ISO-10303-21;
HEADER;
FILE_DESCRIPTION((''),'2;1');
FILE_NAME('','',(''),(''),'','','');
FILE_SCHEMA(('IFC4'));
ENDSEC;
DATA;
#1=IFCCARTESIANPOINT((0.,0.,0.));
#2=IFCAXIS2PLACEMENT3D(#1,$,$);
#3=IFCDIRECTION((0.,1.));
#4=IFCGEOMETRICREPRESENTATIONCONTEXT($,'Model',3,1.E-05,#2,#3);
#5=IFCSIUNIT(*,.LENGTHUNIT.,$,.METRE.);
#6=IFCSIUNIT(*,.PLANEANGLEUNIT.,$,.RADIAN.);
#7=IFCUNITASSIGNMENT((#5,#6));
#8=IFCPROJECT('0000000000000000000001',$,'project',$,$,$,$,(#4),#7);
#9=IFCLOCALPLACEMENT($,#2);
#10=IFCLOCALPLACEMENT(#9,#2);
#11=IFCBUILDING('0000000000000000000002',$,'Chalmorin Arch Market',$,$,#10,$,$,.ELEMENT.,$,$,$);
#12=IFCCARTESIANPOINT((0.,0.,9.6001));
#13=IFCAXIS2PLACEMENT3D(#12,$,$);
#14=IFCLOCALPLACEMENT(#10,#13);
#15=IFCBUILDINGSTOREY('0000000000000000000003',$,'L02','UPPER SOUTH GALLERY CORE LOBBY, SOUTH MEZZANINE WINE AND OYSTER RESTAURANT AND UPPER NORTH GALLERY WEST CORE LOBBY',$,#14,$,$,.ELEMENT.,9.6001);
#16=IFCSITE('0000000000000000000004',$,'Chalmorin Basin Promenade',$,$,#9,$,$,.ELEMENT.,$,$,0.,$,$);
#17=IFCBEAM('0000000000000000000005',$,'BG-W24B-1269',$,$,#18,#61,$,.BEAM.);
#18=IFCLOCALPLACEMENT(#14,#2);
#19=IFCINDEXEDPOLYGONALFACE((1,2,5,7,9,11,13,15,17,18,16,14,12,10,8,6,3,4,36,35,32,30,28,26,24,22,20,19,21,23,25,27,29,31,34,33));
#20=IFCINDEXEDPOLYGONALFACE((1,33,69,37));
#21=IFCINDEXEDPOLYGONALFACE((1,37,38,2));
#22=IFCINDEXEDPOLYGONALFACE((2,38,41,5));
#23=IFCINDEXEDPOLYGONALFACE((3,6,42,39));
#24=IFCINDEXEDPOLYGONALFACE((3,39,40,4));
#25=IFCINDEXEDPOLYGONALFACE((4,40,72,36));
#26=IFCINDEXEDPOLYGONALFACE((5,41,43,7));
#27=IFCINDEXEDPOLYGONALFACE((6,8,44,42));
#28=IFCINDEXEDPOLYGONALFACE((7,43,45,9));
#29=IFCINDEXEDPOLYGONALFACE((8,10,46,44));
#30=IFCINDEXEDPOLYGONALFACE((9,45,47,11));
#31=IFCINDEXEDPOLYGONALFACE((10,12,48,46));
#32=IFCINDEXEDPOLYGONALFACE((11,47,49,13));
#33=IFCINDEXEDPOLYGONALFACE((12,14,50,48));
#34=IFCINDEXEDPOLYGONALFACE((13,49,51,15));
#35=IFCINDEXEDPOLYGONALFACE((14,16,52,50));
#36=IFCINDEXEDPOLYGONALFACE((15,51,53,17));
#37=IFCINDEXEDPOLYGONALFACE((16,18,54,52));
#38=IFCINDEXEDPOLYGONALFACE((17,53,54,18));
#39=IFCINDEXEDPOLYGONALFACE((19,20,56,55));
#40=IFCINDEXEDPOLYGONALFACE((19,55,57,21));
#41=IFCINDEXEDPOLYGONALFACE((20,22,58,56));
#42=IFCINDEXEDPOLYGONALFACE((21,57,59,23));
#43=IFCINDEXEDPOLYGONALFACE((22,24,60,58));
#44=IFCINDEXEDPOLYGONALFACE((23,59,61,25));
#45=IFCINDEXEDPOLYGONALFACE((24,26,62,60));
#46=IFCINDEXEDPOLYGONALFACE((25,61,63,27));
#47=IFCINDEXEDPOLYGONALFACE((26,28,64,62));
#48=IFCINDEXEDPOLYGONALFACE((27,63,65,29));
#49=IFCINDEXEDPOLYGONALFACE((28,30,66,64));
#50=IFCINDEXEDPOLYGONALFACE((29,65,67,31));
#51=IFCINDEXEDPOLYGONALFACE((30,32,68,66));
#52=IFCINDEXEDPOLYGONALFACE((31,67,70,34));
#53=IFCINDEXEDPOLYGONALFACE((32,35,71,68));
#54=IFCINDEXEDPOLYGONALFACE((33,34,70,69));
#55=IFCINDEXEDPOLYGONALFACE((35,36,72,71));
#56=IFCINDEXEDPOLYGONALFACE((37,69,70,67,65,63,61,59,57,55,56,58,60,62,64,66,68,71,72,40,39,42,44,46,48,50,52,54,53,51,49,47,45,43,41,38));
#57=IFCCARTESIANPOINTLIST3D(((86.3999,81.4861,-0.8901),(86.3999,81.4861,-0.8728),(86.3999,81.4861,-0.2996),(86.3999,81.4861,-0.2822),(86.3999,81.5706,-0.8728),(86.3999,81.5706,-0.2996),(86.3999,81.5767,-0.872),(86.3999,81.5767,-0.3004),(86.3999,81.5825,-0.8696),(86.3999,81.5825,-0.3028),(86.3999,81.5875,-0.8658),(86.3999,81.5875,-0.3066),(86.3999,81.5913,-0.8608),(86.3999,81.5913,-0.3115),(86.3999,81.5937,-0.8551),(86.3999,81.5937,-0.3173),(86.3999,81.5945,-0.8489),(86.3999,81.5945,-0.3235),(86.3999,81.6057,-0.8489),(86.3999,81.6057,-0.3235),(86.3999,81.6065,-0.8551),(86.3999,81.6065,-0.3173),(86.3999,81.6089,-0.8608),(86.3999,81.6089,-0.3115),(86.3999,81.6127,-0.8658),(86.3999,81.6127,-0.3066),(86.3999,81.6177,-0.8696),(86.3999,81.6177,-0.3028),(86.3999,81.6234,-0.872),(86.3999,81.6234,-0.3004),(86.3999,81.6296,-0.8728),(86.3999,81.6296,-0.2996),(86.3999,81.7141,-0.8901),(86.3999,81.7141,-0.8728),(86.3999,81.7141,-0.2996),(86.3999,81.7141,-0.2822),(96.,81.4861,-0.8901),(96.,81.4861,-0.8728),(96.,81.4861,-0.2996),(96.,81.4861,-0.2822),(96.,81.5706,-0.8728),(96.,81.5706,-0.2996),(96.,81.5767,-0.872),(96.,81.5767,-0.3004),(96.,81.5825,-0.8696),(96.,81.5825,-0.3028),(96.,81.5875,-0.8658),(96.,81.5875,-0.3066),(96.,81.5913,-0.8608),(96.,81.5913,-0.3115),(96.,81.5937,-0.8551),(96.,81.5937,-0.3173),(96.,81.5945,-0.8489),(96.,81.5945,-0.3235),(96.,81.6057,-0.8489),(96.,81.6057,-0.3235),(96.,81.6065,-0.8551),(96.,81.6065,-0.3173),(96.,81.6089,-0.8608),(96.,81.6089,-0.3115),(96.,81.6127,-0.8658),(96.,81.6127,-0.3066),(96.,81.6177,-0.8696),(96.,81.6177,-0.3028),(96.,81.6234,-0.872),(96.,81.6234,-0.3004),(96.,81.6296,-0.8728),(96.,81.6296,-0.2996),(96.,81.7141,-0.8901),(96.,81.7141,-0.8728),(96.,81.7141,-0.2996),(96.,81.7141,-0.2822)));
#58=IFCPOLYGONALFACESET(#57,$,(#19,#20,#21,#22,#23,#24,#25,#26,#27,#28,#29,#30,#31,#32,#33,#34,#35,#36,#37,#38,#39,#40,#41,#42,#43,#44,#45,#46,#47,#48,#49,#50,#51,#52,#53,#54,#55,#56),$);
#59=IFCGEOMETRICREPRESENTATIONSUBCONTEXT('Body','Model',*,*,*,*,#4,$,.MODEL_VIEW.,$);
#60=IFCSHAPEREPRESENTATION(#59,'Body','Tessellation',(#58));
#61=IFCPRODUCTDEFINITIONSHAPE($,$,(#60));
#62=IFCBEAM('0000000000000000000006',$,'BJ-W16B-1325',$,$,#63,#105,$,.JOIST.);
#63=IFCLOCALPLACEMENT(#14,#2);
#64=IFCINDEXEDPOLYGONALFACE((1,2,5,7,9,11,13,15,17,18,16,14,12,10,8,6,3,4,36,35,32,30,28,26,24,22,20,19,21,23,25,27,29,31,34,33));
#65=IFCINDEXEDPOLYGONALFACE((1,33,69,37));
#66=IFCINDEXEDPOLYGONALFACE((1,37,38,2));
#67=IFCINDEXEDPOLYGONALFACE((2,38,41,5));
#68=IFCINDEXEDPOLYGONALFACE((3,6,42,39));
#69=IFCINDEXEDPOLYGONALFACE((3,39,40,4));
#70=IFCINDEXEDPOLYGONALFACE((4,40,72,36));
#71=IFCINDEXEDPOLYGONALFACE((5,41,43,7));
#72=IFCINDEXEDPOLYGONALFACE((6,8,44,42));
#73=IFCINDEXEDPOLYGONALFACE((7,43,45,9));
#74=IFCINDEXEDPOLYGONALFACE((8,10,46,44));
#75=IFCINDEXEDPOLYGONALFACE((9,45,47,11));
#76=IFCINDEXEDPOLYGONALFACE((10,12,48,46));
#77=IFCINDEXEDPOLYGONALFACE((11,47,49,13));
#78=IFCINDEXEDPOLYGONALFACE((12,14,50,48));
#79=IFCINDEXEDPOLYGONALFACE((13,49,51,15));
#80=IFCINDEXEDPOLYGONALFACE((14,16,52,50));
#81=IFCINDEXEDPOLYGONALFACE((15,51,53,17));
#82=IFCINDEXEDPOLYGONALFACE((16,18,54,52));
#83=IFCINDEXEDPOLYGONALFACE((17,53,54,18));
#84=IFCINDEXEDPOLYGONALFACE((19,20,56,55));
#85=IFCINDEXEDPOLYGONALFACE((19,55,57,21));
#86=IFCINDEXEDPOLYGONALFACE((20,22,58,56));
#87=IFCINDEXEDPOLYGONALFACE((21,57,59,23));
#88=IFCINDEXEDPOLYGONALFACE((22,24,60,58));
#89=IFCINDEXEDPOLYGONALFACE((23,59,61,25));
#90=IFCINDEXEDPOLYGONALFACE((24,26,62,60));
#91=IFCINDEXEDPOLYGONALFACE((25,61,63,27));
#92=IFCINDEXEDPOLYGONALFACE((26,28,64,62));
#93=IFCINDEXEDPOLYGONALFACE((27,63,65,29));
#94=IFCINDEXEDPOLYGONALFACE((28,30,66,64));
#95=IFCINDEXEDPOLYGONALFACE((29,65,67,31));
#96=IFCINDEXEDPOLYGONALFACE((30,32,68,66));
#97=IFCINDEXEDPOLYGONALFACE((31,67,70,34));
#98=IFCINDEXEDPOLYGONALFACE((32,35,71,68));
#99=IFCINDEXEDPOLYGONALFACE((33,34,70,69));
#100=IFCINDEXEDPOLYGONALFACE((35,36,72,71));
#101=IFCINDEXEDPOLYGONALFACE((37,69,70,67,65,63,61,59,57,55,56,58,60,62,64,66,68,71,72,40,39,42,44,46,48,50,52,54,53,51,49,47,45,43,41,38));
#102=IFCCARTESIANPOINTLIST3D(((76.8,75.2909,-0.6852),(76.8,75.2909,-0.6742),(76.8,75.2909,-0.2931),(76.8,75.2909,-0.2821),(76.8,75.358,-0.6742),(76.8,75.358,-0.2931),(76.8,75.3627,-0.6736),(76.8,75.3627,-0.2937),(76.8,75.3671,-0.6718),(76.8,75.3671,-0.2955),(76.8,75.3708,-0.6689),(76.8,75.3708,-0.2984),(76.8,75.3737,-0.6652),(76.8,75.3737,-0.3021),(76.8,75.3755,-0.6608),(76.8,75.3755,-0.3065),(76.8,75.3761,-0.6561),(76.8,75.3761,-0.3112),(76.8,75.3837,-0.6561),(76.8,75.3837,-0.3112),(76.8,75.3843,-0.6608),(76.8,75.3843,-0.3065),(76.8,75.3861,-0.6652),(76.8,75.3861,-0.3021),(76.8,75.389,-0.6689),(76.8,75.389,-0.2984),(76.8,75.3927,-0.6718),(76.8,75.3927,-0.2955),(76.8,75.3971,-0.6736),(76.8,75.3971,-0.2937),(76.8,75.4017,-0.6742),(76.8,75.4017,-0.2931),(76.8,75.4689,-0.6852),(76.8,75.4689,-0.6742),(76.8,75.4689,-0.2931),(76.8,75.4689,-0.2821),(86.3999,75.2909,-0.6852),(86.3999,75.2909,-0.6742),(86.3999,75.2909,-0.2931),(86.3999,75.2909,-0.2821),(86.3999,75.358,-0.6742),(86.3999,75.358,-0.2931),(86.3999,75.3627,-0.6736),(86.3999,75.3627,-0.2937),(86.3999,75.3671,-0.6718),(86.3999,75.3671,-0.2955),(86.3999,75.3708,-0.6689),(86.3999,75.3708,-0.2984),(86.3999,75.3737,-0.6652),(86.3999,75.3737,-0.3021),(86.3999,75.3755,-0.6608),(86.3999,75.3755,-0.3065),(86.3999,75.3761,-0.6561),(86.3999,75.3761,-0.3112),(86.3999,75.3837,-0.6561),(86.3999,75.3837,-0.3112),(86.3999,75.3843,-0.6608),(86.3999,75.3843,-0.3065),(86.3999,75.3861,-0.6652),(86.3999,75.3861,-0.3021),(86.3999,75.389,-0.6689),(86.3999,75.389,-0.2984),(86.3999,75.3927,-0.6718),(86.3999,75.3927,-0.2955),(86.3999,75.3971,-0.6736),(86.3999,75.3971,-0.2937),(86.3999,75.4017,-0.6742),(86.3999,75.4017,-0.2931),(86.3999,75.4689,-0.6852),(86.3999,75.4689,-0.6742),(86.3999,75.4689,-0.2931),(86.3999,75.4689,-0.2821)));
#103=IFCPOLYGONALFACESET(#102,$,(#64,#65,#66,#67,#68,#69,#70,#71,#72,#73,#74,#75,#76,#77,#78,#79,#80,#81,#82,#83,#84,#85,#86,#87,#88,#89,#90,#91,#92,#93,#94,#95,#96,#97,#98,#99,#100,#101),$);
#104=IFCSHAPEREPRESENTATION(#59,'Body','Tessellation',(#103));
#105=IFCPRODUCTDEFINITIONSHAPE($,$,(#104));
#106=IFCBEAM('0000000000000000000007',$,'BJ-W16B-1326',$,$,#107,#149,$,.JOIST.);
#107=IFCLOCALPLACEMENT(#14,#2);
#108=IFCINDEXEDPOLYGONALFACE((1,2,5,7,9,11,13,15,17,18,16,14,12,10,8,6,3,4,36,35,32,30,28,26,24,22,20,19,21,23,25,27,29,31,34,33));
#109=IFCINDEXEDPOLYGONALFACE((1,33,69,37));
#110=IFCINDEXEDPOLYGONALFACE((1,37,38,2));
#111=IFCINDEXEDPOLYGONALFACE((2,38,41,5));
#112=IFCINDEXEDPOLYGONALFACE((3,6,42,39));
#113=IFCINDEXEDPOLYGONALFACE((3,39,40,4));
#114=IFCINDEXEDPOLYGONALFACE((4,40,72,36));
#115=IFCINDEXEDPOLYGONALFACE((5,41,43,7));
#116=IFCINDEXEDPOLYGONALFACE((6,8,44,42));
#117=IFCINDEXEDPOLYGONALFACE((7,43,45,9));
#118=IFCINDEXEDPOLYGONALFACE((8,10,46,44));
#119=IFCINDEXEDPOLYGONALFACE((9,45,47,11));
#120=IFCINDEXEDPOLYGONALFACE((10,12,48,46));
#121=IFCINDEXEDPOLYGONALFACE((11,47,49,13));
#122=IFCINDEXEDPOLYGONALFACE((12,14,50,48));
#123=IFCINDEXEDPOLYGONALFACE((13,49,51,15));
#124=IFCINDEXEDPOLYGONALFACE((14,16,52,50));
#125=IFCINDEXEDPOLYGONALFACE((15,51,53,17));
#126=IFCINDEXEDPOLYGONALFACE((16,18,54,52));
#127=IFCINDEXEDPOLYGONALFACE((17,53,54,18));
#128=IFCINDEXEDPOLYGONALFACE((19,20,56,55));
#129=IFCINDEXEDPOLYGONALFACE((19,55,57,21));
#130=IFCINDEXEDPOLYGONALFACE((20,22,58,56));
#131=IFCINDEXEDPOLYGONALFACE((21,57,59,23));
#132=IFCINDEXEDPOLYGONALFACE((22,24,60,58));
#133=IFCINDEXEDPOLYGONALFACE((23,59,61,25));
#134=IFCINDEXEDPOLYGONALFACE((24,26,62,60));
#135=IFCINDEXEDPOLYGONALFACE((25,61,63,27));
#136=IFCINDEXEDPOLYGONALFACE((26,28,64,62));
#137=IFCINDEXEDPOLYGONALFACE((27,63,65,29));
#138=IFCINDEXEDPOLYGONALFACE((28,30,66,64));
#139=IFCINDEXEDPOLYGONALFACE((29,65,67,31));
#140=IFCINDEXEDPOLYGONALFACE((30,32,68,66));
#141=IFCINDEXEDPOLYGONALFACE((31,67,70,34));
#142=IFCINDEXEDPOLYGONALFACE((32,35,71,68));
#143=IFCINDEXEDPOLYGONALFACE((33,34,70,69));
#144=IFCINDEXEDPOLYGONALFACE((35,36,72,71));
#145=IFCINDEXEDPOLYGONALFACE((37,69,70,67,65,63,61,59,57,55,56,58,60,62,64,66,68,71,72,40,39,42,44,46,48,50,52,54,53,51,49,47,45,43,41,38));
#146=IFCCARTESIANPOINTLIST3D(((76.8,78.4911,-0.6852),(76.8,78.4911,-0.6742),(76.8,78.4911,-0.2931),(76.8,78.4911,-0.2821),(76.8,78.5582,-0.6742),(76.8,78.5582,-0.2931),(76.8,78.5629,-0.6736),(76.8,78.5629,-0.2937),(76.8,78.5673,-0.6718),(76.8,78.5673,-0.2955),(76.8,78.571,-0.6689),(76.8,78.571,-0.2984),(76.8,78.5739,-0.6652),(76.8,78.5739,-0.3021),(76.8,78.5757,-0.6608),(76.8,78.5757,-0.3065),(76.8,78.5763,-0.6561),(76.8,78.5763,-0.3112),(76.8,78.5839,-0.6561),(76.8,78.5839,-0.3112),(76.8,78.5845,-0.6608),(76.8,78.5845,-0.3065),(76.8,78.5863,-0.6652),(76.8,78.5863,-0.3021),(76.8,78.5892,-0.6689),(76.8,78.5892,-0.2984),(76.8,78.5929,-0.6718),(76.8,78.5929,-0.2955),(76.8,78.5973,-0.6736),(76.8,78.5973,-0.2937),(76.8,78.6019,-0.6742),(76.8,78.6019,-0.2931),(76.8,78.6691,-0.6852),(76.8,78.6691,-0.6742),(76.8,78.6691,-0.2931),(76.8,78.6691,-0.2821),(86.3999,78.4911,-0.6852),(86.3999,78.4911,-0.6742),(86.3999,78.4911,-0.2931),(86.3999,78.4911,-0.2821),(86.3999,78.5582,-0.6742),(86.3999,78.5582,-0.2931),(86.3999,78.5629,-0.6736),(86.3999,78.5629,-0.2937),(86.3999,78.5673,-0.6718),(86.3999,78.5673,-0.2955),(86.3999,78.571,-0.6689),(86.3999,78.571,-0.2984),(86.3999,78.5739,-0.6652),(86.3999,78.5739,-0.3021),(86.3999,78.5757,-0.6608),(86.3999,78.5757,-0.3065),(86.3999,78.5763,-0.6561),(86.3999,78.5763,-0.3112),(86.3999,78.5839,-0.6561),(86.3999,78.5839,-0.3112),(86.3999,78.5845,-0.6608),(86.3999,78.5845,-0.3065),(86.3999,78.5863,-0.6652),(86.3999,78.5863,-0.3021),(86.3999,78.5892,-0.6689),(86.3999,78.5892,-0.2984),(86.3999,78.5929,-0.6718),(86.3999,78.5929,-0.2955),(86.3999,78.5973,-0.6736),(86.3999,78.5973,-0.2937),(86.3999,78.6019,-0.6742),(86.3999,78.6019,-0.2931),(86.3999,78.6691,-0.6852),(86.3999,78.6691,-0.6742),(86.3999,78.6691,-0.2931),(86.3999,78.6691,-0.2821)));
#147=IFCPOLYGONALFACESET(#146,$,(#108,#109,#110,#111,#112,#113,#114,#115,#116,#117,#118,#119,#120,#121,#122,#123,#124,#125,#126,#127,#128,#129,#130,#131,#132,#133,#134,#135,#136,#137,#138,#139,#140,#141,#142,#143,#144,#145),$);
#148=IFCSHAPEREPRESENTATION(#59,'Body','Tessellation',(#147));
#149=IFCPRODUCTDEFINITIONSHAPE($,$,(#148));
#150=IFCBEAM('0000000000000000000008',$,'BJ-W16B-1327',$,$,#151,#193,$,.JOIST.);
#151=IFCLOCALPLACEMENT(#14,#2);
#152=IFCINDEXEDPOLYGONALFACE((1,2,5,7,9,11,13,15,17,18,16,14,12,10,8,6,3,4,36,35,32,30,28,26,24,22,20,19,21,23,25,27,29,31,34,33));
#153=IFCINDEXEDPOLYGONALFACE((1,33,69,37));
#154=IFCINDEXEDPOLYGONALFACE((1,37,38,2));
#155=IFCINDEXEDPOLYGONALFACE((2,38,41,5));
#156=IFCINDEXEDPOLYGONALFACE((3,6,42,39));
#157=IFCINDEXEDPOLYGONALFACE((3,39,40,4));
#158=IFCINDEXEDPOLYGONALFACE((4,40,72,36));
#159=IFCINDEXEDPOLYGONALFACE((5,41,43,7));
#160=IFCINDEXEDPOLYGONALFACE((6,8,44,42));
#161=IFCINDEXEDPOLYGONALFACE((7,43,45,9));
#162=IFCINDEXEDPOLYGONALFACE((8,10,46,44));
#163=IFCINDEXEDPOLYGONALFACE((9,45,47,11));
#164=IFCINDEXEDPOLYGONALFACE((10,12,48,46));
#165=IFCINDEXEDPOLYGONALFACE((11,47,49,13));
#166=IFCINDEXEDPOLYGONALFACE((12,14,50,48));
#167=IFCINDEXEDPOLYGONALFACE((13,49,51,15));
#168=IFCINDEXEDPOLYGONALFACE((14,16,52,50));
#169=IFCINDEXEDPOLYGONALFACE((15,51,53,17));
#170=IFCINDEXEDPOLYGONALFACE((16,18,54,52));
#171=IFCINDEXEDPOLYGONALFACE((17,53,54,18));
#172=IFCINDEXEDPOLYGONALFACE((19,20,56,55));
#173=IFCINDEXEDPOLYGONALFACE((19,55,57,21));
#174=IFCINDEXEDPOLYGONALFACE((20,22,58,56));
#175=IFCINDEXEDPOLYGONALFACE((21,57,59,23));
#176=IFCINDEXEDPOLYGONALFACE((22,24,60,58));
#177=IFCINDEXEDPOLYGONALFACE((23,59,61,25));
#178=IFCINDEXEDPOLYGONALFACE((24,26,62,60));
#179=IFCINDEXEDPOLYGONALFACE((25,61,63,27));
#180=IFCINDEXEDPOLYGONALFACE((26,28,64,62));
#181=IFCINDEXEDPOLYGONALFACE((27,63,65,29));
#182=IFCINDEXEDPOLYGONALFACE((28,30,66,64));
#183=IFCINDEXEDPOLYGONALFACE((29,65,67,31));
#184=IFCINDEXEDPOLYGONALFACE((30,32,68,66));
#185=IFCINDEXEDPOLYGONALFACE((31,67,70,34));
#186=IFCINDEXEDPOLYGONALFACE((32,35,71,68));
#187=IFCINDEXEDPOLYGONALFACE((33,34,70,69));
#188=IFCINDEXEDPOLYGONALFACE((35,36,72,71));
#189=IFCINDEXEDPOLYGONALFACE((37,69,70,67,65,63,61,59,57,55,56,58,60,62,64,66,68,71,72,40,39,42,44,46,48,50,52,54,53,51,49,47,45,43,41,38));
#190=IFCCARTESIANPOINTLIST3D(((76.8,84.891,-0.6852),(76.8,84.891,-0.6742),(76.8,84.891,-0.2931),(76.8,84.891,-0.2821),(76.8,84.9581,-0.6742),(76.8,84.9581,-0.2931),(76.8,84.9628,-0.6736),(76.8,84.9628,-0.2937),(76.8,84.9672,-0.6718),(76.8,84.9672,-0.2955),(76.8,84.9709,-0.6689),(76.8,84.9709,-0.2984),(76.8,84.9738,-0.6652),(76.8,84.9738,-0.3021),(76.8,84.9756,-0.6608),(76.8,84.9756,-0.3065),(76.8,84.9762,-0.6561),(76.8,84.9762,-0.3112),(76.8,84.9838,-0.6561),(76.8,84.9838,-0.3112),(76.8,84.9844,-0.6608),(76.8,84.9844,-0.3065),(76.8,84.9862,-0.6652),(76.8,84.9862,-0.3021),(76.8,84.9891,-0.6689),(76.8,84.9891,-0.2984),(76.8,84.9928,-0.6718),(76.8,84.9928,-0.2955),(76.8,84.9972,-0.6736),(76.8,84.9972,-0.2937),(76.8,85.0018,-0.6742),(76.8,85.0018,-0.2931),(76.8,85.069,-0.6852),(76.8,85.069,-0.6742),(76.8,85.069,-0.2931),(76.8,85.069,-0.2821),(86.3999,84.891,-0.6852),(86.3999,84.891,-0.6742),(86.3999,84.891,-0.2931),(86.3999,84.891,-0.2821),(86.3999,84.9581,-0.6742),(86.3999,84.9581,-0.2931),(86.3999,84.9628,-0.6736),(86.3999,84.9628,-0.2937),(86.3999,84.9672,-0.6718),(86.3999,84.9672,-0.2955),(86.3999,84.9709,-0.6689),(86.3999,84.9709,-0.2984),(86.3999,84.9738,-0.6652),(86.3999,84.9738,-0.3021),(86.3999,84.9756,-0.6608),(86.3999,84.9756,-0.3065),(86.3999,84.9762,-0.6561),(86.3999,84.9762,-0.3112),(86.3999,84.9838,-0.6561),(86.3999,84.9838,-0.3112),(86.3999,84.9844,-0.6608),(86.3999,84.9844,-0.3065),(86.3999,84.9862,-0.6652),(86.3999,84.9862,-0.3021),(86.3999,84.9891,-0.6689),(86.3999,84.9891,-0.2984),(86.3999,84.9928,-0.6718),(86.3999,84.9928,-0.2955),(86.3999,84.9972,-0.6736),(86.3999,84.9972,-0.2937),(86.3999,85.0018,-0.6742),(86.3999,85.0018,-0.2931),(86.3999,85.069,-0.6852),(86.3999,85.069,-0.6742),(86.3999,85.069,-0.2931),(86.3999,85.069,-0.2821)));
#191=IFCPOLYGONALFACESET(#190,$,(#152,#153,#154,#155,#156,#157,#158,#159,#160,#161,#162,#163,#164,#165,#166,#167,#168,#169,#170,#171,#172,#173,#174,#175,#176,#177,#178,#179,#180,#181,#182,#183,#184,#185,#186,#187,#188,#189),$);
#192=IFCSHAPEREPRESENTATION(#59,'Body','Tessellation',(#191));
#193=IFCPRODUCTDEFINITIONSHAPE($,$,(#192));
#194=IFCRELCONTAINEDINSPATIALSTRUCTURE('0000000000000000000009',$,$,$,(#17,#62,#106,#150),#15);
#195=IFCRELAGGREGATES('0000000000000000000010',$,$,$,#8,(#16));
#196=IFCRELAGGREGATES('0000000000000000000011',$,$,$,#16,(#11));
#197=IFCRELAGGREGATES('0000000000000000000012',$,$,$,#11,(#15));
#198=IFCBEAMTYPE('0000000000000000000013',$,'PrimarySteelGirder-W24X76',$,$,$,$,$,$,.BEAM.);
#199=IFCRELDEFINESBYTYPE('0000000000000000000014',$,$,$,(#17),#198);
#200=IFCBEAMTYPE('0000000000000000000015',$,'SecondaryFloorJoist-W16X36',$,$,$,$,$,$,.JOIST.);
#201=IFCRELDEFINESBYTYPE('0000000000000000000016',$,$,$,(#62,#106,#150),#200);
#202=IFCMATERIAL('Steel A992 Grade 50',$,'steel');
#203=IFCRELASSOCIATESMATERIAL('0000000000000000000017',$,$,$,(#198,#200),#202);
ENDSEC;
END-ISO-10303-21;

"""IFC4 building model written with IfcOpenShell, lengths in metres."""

from ifc_helpers import new_model, si_unit, direction, frame, origin, origin_2d, place, context, subcontext, project, spatial, i_section, extrude, material, material_profile, profile_set, type_object, element, save


model = new_model("IFC4")

# Units and contexts
model_context = context("Model", 3, precision=1e-05, world=origin(), true_north=direction((0.0, 1.0)))
body_context = subcontext(model_context, "Body", "Model", "MODEL_VIEW")
ifc_project = project(units=[si_unit("LENGTHUNIT", "METRE"), si_unit("PLANEANGLEUNIT", "RADIAN")], contexts=[model_context])

# Site, building, storey
site_placement = place(None, origin())
site = spatial("IfcSite", under=ifc_project, at=site_placement, Name="Chalmorin Basin Promenade", CompositionType="ELEMENT", RefElevation=0.0)
building_placement = place(site_placement, origin())
building = spatial("IfcBuilding", under=site, at=building_placement, Name="Chalmorin Arch Market", CompositionType="ELEMENT")
storey_placement = place(building_placement, frame((0.0, 0.0, 9.6001)))
storey = spatial("IfcBuildingStorey", under=building, at=storey_placement, Name="L02", Description="UPPER SOUTH GALLERY CORE LOBBY, SOUTH MEZZANINE WINE AND OYSTER RESTAURANT AND UPPER NORTH GALLERY WEST CORE LOBBY", CompositionType="ELEMENT", Elevation=9.6001)

# Beams
ifc_material_1 = material(Name="Steel A992 Grade 50", Category="steel")
ifc_material_profile_1 = material_profile(ifc_material_1, i_section(OverallWidth=0.228, OverallDepth=0.6079, WebThickness=0.0112, FlangeThickness=0.0173, FilletRadius=0.0239, at=origin_2d()), Name="W24X76")
ifc_profile_set_1 = profile_set([ifc_material_profile_1], Name="Steel A992 Grade 50")
beam_type_1 = type_object("IfcBeamType", Name="PrimarySteelGirder-W24X76", PredefinedType="BEAM", material=ifc_profile_set_1)
beam_1_placement = place(storey_placement, frame((86.3999, 81.6001, -0.5862), z_axis=(1.0, 0.0, 0.0), x_axis=(0.0, 1.0, 0.0)))
element("IfcBeam", 1, at=beam_1_placement, inside=storey, type_object=beam_type_1, Name="BG-W24B-1269", PredefinedType="BEAM", context=body_context, shape_type="SweptSolid", body=[
    extrude(i_section(OverallWidth=0.228, OverallDepth=0.6079, WebThickness=0.0112, FlangeThickness=0.0173, FilletRadius=0.0239, at=origin_2d()), origin(), (0.0, 0.0, 1.0), 9.6001),
])
ifc_material_profile_2 = material_profile(ifc_material_1, i_section(OverallWidth=0.178, OverallDepth=0.4031, WebThickness=0.0076, FlangeThickness=0.011, FilletRadius=0.0181, at=origin_2d()), Name="W16X36")
ifc_profile_set_2 = profile_set([ifc_material_profile_2], Name="Steel A992 Grade 50")
beam_type_2 = type_object("IfcBeamType", Name="SecondaryFloorJoist-W16X36", PredefinedType="JOIST", material=ifc_profile_set_2)
for number, where, z_axis, x_axis, name in (
    (2, (76.8, 75.3799, -0.4836), (1.0, 0.0, 0.0), (0.0, 1.0, 0.0), "BJ-W16B-1325"),
    (3, (76.8, 78.5801, -0.4836), (1.0, 0.0, 0.0), (0.0, 1.0, 0.0), "BJ-W16B-1326"),
    (4, (76.8, 84.98, -0.4836), (1.0, 0.0, 0.0), (0.0, 1.0, 0.0), "BJ-W16B-1327"),
):
    element("IfcBeam", number, at=place(storey_placement, frame(where, z_axis=z_axis, x_axis=x_axis)), inside=storey, type_object=beam_type_2, Name=name, PredefinedType="JOIST", context=body_context, shape_type="SweptSolid", body=[
        extrude(i_section(OverallWidth=0.178, OverallDepth=0.4031, WebThickness=0.0076, FlangeThickness=0.011, FilletRadius=0.0181, at=origin_2d()), origin(), (0.0, 0.0, 1.0), 9.5999),
    ])

save(model, "model.ifc")
